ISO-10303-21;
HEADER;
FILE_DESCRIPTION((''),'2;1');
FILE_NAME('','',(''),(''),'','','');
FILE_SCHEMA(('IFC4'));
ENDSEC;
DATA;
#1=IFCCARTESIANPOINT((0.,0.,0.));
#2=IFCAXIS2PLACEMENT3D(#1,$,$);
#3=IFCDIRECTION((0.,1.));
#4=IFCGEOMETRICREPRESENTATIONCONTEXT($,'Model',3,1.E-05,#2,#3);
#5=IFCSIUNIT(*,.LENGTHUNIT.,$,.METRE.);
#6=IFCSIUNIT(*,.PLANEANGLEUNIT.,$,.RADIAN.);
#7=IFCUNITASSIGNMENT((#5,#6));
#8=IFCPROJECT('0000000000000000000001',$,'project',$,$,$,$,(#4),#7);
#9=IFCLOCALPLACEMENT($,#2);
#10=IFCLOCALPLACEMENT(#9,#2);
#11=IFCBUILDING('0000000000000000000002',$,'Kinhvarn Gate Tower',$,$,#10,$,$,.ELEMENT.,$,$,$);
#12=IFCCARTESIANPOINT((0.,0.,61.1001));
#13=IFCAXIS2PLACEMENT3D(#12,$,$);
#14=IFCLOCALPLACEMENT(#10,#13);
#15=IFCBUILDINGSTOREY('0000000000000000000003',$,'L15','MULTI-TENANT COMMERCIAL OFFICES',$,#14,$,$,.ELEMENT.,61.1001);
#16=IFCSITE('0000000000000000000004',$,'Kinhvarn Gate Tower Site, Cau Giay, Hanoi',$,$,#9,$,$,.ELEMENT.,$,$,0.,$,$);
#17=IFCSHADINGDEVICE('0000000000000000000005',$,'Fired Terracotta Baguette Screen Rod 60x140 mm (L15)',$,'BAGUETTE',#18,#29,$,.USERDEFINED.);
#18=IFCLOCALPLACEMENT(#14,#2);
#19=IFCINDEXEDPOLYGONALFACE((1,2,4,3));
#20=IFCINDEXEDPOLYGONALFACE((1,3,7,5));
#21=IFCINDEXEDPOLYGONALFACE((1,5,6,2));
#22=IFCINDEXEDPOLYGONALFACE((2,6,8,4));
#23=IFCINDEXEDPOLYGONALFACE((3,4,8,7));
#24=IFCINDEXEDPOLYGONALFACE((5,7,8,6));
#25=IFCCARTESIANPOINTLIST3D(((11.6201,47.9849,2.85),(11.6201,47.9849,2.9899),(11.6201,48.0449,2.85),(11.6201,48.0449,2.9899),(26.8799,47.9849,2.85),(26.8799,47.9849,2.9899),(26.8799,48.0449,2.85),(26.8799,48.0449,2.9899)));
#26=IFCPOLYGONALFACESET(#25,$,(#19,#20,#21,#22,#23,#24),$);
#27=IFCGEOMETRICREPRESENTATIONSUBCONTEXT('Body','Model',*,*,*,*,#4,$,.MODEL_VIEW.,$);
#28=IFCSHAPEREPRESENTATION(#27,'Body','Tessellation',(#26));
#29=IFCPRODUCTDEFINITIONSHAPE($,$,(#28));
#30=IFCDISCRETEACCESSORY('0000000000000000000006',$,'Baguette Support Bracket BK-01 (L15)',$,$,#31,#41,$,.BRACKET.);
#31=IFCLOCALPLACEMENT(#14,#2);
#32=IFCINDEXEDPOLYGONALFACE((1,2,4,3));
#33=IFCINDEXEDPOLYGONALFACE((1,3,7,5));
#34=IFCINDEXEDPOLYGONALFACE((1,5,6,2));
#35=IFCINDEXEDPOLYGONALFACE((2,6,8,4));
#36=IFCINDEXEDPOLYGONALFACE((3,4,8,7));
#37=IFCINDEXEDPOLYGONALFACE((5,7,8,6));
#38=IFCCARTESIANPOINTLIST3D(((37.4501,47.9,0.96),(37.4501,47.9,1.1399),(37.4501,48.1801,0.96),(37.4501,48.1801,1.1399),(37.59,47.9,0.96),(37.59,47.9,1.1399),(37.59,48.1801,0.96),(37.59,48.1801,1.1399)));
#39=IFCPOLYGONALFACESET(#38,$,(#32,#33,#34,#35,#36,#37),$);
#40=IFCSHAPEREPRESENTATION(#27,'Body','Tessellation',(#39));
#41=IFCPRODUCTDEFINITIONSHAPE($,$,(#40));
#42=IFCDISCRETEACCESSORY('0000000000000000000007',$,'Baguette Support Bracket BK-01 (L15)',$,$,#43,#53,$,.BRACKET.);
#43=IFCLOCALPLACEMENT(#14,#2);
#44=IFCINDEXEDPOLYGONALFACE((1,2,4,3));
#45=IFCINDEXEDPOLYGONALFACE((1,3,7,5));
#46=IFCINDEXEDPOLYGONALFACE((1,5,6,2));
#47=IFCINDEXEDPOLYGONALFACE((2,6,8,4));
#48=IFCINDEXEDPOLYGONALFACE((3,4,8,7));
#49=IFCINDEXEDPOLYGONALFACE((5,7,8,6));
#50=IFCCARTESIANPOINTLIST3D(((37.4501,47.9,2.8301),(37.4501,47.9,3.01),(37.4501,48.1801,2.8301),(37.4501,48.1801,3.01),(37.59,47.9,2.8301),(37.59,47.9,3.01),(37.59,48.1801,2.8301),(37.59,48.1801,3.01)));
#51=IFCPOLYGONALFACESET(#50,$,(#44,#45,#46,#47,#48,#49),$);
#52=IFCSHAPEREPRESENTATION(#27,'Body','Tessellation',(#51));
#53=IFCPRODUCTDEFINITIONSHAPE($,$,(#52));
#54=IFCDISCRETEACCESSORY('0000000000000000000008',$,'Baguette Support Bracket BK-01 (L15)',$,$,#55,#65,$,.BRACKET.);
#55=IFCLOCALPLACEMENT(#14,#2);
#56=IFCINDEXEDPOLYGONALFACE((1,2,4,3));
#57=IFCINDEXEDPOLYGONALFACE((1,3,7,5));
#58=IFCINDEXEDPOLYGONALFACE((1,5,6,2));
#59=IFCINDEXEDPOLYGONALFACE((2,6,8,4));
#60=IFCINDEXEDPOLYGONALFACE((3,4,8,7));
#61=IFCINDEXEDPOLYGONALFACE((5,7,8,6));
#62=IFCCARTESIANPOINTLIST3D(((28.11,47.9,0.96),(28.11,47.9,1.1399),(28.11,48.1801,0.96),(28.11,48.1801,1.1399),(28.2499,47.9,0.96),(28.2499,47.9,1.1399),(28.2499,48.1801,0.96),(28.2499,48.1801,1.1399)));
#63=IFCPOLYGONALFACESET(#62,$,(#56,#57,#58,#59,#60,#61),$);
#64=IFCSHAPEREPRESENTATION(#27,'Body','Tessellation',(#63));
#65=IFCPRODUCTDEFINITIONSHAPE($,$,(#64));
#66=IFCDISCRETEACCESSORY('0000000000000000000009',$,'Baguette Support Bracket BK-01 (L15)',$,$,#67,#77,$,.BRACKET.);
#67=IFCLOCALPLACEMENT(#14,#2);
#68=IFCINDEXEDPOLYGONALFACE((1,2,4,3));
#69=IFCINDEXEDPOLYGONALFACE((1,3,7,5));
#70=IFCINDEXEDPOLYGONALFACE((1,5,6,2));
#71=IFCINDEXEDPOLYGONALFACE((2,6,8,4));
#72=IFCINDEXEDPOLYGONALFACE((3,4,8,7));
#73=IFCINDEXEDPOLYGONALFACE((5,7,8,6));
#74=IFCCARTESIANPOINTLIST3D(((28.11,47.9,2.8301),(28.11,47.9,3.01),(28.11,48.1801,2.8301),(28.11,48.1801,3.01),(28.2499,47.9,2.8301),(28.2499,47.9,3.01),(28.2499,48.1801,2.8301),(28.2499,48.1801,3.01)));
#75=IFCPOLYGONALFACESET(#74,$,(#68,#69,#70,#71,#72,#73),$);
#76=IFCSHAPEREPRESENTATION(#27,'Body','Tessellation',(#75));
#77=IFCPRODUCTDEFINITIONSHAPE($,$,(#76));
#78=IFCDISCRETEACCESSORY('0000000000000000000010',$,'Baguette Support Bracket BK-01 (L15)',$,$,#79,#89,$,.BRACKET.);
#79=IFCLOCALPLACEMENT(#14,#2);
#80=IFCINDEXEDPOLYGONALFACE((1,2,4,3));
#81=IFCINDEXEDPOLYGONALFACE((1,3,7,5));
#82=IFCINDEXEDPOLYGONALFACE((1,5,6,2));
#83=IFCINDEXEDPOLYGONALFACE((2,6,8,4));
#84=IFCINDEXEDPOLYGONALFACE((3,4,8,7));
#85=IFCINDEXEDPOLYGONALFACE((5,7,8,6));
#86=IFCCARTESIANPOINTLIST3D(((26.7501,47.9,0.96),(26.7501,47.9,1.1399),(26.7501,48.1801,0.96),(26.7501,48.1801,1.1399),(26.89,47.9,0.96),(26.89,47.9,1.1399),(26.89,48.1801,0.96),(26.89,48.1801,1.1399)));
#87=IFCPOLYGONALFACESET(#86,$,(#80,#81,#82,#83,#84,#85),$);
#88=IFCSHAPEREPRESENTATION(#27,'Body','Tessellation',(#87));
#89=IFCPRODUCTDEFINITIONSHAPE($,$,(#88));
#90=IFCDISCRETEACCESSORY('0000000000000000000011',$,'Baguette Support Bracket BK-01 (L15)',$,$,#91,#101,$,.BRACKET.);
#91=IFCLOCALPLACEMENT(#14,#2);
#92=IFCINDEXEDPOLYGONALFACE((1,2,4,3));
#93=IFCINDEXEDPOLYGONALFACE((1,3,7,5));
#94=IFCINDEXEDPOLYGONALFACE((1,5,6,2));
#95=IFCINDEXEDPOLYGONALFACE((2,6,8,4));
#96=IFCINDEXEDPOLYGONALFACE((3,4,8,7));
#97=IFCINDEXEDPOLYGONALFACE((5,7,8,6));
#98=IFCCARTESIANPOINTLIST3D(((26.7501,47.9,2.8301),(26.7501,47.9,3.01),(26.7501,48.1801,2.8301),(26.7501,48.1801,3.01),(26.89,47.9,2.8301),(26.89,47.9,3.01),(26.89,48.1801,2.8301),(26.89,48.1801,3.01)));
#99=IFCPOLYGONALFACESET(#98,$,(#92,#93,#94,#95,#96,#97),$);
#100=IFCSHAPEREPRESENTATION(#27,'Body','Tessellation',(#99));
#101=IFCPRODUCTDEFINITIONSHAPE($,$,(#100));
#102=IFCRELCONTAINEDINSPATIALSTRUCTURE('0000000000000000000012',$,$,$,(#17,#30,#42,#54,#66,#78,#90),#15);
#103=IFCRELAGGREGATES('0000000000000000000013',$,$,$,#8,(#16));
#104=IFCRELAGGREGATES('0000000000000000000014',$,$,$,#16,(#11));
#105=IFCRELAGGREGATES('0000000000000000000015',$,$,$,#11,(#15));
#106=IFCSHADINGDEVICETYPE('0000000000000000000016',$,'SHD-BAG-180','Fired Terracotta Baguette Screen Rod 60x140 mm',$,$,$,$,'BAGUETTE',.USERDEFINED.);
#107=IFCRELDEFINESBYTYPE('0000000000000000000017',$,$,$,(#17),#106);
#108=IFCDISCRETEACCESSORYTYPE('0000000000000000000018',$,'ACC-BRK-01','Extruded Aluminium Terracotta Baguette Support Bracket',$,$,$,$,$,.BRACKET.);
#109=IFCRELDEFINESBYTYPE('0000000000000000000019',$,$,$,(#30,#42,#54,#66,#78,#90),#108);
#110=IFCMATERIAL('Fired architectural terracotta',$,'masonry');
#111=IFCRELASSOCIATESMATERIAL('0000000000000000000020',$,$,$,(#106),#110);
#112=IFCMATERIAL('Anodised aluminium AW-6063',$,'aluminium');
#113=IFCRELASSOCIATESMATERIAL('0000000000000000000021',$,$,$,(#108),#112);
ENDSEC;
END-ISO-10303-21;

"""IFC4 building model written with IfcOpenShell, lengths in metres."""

from ifc_helpers import new_model, si_unit, direction, frame, origin, origin_2d, place, context, subcontext, project, spatial, rectangle, extrude, material, material_profile, profile_set, type_object, element, save


model = new_model("IFC4")

# Units and contexts
model_context = context("Model", 3, precision=1e-05, world=origin(), true_north=direction((0.0, 1.0)))
body_context = subcontext(model_context, "Body", "Model", "MODEL_VIEW")
ifc_project = project(units=[si_unit("LENGTHUNIT", "METRE"), si_unit("PLANEANGLEUNIT", "RADIAN")], contexts=[model_context])

# Site, building, storey
site_placement = place(None, origin())
site = spatial("IfcSite", under=ifc_project, at=site_placement, Name="Kinhvarn Gate Tower Site, Cau Giay, Hanoi", CompositionType="ELEMENT", RefElevation=0.0)
building_placement = place(site_placement, origin())
building = spatial("IfcBuilding", under=site, at=building_placement, Name="Kinhvarn Gate Tower", CompositionType="ELEMENT")
storey_placement = place(building_placement, frame((0.0, 0.0, 61.1001)))
storey = spatial("IfcBuildingStorey", under=building, at=storey_placement, Name="L15", Description="MULTI-TENANT COMMERCIAL OFFICES", CompositionType="ELEMENT", Elevation=61.1001)

# Shared definitions
ifc_material_1 = material(Name="Anodised aluminium AW-6063", Category="aluminium")

# Shading device
ifc_material_2 = material(Name="Fired architectural terracotta", Category="masonry")
ifc_material_profile_1 = material_profile(ifc_material_2, rectangle(XDim=0.0601, YDim=0.1399, at=origin_2d()), Name="TC 60x140")
ifc_profile_set_1 = profile_set([ifc_material_profile_1], Name="Fired architectural terracotta")
shading_device_type = type_object("IfcShadingDeviceType", Name="SHD-BAG-180", Description="Fired Terracotta Baguette Screen Rod 60x140 mm", ElementType="BAGUETTE", PredefinedType="USERDEFINED", material=ifc_profile_set_1)
for number, where, z_axis, x_axis, name in (
    (1, (26.8799, 48.0149, 2.9199), (-1.0, 0.0, 0.0), (0.0, -1.0, 0.0), "Fired Terracotta Baguette Screen Rod 60x140 mm (L15)"),
):
    element("IfcShadingDevice", number, at=place(storey_placement, frame(where, z_axis=z_axis, x_axis=x_axis)), inside=storey, type_object=shading_device_type, Name=name, ObjectType="BAGUETTE", PredefinedType="USERDEFINED", context=body_context, shape_type="SweptSolid", body=[
        extrude(rectangle(XDim=0.0601, YDim=0.1399, at=origin_2d()), origin(), (0.0, 0.0, 1.0), 15.2598),
    ])

# Discrete accessories
discrete_accessory_type = type_object("IfcDiscreteAccessoryType", Name="ACC-BRK-01", Description="Extruded Aluminium Terracotta Baguette Support Bracket", PredefinedType="BRACKET", material=ifc_material_1)
for number, where, z_axis, x_axis, name in (
    (2, (37.52, 48.04, 0.96), (0.0, 0.0, 1.0), (-1.0, 0.0, 0.0), "Baguette Support Bracket BK-01 (L15)"),
    (3, (37.52, 48.04, 2.8301), (0.0, 0.0, 1.0), (-1.0, 0.0, 0.0), "Baguette Support Bracket BK-01 (L15)"),
    (4, (28.1799, 48.04, 0.96), (0.0, 0.0, 1.0), (-1.0, 0.0, 0.0), "Baguette Support Bracket BK-01 (L15)"),
    (5, (28.1799, 48.04, 2.8301), (0.0, 0.0, 1.0), (-1.0, 0.0, 0.0), "Baguette Support Bracket BK-01 (L15)"),
    (6, (26.8201, 48.04, 0.96), (0.0, 0.0, 1.0), (-1.0, 0.0, 0.0), "Baguette Support Bracket BK-01 (L15)"),
    (7, (26.8201, 48.04, 2.8301), (0.0, 0.0, 1.0), (-1.0, 0.0, 0.0), "Baguette Support Bracket BK-01 (L15)"),
):
    element("IfcDiscreteAccessory", number, at=place(storey_placement, frame(where, z_axis=z_axis, x_axis=x_axis)), inside=storey, type_object=discrete_accessory_type, Name=name, PredefinedType="BRACKET", context=body_context, shape_type="SweptSolid", body=[
        extrude(rectangle(XDim=0.1399, YDim=0.28, at=origin_2d()), origin(), (0.0, 0.0, 1.0), 0.1799),
    ])

save(model, "model.ifc")
